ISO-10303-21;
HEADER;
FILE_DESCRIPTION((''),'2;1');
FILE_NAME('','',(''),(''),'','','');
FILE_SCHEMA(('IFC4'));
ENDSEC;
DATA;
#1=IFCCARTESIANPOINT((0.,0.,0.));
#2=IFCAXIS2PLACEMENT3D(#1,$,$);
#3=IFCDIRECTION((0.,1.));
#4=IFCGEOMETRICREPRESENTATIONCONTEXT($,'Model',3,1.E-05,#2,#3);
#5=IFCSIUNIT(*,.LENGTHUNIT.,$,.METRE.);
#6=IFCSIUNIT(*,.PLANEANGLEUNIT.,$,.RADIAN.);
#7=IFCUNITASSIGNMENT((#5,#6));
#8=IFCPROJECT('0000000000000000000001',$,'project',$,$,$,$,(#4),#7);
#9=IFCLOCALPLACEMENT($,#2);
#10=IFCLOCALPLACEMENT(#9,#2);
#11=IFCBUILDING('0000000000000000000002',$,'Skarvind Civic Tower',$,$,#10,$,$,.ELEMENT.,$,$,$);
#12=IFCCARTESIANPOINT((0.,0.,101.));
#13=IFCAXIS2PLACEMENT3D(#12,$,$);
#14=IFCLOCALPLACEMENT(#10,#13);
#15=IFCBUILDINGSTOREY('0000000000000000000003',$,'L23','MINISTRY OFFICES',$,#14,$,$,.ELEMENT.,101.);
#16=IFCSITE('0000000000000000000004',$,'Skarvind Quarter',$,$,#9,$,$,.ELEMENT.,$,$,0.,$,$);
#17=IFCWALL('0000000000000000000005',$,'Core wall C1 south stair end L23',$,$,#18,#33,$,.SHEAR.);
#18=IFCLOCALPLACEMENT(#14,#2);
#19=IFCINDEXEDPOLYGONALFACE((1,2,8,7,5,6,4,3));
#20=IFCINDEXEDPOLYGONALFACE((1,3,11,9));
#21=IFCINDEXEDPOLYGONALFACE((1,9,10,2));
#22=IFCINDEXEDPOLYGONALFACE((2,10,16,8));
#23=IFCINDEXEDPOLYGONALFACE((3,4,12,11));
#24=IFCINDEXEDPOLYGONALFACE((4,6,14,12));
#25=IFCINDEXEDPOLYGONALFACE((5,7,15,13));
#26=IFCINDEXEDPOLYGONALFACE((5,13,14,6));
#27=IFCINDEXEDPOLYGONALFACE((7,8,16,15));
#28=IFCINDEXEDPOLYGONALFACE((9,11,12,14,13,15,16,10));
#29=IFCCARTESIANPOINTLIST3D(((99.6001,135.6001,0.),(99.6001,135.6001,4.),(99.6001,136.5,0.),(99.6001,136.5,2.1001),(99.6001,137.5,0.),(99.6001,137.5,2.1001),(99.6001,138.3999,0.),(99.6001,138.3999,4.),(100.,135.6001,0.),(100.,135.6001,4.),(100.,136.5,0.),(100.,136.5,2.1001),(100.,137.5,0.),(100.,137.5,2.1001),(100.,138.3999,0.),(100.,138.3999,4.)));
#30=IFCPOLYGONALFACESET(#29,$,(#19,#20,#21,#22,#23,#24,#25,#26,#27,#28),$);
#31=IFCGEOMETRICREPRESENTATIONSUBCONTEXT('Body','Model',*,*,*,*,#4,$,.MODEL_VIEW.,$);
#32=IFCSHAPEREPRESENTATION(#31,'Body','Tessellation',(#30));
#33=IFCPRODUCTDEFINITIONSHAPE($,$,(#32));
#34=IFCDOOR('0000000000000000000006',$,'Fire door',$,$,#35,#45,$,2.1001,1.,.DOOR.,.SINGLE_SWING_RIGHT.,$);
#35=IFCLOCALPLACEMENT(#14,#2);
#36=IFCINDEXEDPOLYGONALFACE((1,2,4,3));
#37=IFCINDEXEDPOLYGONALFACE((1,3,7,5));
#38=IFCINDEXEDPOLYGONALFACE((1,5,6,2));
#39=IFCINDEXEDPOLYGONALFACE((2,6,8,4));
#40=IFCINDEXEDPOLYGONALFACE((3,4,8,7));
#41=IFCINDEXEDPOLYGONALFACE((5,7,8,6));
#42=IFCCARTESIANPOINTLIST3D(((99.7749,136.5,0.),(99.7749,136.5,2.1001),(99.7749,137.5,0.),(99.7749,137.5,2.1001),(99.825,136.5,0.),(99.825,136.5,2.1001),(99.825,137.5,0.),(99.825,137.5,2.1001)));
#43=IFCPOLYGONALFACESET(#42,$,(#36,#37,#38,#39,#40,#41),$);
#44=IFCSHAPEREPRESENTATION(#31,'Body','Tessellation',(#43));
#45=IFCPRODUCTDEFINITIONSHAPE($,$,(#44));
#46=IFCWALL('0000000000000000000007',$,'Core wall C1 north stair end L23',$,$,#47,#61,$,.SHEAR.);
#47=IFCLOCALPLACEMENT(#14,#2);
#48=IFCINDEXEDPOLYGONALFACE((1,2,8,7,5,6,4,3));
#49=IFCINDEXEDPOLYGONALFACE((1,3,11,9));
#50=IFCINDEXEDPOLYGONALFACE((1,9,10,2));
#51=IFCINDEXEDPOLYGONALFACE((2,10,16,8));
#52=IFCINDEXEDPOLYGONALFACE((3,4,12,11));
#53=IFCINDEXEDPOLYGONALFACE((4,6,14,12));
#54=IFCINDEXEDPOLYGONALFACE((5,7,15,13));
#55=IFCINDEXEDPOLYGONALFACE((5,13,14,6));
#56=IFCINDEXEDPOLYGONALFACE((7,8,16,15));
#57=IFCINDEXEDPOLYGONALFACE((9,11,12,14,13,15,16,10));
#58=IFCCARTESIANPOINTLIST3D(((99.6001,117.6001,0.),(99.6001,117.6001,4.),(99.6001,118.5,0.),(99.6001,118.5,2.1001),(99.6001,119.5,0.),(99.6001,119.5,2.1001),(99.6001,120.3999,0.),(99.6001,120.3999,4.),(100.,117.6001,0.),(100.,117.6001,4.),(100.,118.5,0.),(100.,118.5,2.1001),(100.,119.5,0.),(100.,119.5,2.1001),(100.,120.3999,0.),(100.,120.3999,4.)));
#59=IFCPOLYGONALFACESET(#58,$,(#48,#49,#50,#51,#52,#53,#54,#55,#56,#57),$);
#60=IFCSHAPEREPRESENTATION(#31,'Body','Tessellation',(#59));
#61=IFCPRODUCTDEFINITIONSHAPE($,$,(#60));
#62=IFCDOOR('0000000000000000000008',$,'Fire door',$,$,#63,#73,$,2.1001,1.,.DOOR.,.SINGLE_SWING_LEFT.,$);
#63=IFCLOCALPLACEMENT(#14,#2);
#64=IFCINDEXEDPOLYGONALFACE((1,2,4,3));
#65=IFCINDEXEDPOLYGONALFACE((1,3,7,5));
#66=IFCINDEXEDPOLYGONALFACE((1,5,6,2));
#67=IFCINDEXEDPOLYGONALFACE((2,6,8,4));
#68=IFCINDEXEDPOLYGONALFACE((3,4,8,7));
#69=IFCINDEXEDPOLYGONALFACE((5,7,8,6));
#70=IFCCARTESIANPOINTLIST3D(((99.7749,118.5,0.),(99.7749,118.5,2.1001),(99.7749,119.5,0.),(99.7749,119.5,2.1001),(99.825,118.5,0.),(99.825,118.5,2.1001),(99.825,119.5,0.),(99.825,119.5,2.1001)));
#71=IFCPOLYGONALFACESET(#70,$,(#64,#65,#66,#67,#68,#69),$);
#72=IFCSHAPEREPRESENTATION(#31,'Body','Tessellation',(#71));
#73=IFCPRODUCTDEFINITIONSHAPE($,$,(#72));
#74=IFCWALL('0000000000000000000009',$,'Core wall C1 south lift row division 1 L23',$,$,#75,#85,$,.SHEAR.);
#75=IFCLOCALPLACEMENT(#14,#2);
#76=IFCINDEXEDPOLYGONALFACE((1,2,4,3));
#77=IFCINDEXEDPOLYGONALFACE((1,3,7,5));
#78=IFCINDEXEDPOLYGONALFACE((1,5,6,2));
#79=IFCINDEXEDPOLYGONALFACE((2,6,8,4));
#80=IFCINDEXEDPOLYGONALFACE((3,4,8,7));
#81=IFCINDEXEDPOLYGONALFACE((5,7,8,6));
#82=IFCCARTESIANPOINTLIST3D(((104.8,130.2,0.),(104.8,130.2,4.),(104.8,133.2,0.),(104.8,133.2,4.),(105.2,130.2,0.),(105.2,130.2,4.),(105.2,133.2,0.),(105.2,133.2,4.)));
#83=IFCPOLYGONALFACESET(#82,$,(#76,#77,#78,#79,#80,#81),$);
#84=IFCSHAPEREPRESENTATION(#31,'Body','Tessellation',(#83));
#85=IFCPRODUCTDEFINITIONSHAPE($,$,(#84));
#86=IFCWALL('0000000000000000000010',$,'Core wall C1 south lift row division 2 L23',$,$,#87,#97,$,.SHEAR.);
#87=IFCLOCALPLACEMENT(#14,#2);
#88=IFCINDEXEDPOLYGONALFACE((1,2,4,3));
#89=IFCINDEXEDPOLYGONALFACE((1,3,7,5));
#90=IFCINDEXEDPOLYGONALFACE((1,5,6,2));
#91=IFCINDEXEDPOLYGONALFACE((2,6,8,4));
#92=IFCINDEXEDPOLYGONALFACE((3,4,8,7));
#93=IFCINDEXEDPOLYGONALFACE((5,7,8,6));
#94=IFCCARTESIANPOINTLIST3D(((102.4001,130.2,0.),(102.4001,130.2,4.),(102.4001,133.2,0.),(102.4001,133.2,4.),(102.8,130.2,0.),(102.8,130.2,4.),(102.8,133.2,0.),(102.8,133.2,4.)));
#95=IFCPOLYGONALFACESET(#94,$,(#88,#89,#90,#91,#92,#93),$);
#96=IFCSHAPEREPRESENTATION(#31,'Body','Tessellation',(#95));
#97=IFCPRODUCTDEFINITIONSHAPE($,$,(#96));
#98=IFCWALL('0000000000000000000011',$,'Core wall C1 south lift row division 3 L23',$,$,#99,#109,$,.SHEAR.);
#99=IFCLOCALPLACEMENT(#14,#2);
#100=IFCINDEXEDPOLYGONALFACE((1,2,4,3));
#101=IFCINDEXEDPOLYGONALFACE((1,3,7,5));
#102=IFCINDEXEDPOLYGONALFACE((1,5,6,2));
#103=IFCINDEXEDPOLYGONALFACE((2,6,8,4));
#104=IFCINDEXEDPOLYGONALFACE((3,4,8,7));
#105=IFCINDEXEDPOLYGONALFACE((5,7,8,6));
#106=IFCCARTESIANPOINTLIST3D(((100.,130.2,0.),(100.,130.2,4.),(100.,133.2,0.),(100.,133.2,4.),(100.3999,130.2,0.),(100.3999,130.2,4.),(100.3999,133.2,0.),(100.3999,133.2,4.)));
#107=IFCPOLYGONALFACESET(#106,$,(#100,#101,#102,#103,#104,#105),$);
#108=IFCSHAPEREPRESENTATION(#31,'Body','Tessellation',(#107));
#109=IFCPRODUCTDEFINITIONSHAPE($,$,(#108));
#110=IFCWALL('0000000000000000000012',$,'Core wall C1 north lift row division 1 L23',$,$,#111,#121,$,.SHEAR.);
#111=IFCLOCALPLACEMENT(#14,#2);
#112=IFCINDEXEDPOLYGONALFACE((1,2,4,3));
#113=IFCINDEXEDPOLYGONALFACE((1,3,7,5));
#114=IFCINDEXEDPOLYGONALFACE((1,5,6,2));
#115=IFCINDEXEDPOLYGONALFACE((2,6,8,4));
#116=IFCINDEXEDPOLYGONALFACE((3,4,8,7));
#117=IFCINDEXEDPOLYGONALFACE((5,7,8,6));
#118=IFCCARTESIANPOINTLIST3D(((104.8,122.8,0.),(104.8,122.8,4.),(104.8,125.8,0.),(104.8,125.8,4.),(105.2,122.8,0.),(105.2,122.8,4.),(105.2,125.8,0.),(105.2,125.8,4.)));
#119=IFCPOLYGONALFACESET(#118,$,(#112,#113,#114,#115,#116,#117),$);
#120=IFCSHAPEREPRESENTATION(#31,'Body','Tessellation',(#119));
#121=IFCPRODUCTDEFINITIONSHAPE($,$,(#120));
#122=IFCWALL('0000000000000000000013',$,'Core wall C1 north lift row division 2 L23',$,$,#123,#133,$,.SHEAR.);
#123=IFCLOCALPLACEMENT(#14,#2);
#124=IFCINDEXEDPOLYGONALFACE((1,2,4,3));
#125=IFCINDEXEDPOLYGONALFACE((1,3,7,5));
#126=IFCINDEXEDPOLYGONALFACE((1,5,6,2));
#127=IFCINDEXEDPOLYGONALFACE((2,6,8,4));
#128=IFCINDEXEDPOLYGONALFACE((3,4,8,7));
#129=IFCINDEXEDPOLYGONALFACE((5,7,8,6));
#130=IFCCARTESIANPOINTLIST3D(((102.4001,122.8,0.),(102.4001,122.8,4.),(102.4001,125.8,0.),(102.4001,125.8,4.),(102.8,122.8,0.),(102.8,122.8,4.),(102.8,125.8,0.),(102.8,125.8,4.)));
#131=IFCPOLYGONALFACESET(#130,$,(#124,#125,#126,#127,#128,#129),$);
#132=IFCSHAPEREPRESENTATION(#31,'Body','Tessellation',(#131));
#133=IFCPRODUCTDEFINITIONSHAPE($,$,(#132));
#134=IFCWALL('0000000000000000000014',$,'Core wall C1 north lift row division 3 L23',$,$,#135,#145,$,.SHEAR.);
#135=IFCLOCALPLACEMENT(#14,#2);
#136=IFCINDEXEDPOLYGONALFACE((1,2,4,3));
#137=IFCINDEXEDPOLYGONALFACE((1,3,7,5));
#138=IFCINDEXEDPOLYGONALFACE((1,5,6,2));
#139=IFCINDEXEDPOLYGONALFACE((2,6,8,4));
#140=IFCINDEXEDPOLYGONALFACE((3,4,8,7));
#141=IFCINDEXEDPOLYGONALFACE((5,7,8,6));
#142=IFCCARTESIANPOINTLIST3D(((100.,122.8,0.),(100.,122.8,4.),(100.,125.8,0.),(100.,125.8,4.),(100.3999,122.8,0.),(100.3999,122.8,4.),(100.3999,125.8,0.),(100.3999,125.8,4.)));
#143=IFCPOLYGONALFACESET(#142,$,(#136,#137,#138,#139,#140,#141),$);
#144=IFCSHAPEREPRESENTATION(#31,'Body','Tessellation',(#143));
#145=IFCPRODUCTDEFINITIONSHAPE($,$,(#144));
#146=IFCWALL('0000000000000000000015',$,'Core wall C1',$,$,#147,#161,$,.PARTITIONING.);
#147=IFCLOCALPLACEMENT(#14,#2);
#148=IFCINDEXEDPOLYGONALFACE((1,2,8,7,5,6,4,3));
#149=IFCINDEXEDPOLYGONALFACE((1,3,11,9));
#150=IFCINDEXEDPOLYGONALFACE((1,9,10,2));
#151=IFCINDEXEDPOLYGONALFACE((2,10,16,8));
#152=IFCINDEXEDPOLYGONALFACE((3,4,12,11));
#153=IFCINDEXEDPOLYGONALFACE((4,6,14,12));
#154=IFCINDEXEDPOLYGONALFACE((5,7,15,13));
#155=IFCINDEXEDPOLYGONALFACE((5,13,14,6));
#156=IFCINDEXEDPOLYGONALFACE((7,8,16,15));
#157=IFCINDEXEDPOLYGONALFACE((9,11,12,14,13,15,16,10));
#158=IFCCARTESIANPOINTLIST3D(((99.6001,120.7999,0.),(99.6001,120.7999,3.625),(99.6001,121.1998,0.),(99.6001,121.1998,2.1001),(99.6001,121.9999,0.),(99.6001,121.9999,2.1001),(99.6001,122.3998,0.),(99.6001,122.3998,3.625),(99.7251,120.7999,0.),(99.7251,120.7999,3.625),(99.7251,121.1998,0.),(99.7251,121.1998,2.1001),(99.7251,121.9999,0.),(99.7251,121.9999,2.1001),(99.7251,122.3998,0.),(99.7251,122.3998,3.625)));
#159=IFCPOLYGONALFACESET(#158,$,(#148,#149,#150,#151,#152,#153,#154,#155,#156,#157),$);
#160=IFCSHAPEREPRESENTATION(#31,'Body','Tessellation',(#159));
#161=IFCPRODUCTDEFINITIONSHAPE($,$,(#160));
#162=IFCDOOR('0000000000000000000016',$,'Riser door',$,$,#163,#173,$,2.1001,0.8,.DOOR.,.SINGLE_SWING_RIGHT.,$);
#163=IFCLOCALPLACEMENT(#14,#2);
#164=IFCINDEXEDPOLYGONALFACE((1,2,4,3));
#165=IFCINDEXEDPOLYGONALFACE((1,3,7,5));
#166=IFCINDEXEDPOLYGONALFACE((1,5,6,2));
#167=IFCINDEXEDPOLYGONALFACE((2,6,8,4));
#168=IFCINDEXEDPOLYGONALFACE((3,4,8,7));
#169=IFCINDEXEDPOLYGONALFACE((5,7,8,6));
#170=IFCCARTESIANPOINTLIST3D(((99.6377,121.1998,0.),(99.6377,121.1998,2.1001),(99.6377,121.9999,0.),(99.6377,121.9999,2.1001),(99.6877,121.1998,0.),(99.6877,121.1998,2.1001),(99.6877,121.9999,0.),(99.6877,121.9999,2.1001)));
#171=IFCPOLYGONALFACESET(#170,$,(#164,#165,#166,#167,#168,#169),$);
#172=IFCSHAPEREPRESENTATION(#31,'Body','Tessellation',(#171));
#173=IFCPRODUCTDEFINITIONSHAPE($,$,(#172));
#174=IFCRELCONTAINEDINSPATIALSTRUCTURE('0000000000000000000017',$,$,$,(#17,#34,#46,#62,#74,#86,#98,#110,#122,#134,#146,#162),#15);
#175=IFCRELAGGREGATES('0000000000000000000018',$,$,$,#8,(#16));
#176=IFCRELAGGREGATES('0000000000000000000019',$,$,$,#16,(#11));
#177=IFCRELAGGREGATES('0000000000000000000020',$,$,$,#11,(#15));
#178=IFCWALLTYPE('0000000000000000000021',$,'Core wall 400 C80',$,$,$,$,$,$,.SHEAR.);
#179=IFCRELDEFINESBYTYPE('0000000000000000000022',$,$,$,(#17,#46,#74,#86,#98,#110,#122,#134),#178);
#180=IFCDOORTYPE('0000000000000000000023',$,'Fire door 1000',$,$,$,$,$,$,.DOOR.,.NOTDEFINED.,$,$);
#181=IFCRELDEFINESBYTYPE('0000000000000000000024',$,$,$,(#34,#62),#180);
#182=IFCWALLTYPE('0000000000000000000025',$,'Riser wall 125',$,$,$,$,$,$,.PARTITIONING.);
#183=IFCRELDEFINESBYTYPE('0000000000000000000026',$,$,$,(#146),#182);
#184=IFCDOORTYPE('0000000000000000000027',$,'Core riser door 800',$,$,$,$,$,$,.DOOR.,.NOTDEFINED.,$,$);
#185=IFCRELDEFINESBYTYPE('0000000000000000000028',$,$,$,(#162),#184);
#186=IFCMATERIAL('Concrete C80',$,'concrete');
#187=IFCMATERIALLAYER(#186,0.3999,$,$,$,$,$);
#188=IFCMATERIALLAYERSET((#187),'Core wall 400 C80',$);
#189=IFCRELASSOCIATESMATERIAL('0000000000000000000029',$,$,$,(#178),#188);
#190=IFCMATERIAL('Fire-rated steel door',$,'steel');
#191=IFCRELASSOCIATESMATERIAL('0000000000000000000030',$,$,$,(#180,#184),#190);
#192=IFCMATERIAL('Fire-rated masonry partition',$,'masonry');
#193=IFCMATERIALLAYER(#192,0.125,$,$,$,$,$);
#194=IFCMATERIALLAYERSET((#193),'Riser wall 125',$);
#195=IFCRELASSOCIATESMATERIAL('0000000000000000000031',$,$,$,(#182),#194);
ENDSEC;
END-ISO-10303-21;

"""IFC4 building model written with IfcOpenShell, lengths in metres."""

from ifc_helpers import new_model, si_unit, direction, frame, frame_2d, origin, place, context, subcontext, project, spatial, rectangle, extrude, material, layer, layer_set, type_object, element, fill, save


model = new_model("IFC4")

# Units and contexts
model_context = context("Model", 3, precision=1e-05, world=origin(), true_north=direction((0.0, 1.0)))
body_context = subcontext(model_context, "Body", "Model", "MODEL_VIEW")
ifc_project = project(units=[si_unit("LENGTHUNIT", "METRE"), si_unit("PLANEANGLEUNIT", "RADIAN")], contexts=[model_context])

# Site, building, storey
site_placement = place(None, origin())
site = spatial("IfcSite", under=ifc_project, at=site_placement, Name="Skarvind Quarter", CompositionType="ELEMENT", RefElevation=0.0)
building_placement = place(site_placement, origin())
building = spatial("IfcBuilding", under=site, at=building_placement, Name="Skarvind Civic Tower", CompositionType="ELEMENT")
storey_placement = place(building_placement, frame((0.0, 0.0, 101.0)))
storey = spatial("IfcBuildingStorey", under=building, at=storey_placement, Name="L23", Description="MINISTRY OFFICES", CompositionType="ELEMENT", Elevation=101.0)

# Walls, openings, doors
ifc_material_1 = material(Name="Concrete C80", Category="concrete")
ifc_layer_1 = layer(ifc_material_1, 0.3999)
ifc_layer_set_1 = layer_set([ifc_layer_1], Name="Core wall 400 C80")
wall_type_1 = type_object("IfcWallType", Name="Core wall 400 C80", PredefinedType="SHEAR", material=ifc_layer_set_1)
wall_1_placement = place(storey_placement, frame((99.8, 138.3999, 0.0), z_axis=(0.0, 0.0, 1.0), x_axis=(0.0, -1.0, 0.0)))
wall_1 = element("IfcWall", 1, at=wall_1_placement, inside=storey, type_object=wall_type_1, Name="Core wall C1 south stair end L23", PredefinedType="SHEAR", context=body_context, shape_type="SweptSolid", body=[
    extrude(rectangle(XDim=2.7998, YDim=0.3999, at=frame_2d((1.3999, 0.0))), origin(), (0.0, 0.0, 1.0), 4.0),
])
opening_1_placement = place(wall_1_placement, frame((0.8999, 0.0, 0.0)))
opening_1 = element("IfcOpeningElement", 2, at=opening_1_placement, cuts=wall_1, PredefinedType="OPENING", context=body_context, shape_type="SweptSolid", body=[
    extrude(rectangle(XDim=1.0, YDim=2.1001, at=frame_2d((0.5, 1.05))), frame((0.0, 0.21, 0.0), z_axis=(0.0, -1.0, 0.0), x_axis=(1.0, 0.0, 0.0)), (0.0, 0.0, 1.0), 0.4199),
])
ifc_material_2 = material(Name="Fire-rated steel door", Category="steel")
door_type_1 = type_object("IfcDoorType", Name="Fire door 1000", OperationType="NOTDEFINED", PredefinedType="DOOR", material=ifc_material_2)
door_1_placement = place(opening_1_placement, origin())
door_1 = element("IfcDoor", 3, at=door_1_placement, inside=storey, type_object=door_type_1, Name="Fire door", OperationType="SINGLE_SWING_RIGHT", OverallHeight=2.1001, OverallWidth=1.0, PredefinedType="DOOR", context=body_context, shape_type="SweptSolid", body=[
    extrude(rectangle(XDim=1.0, YDim=2.1001, at=frame_2d((0.5, 1.05))), frame((0.0, 0.0249, 0.0), z_axis=(0.0, -1.0, 0.0), x_axis=(1.0, 0.0, 0.0)), (0.0, 0.0, 1.0), 0.05),
])
fill(opening_1, door_1)
wall_2_placement = place(storey_placement, frame((99.8, 120.3999, 0.0), z_axis=(0.0, 0.0, 1.0), x_axis=(0.0, -1.0, 0.0)))
wall_2 = element("IfcWall", 4, at=wall_2_placement, inside=storey, type_object=wall_type_1, Name="Core wall C1 north stair end L23", PredefinedType="SHEAR", context=body_context, shape_type="SweptSolid", body=[
    extrude(rectangle(XDim=2.7998, YDim=0.3999, at=frame_2d((1.3999, 0.0))), origin(), (0.0, 0.0, 1.0), 4.0),
])
opening_2_placement = place(wall_2_placement, frame((0.8999, 0.0, 0.0)))
opening_2 = element("IfcOpeningElement", 5, at=opening_2_placement, cuts=wall_2, PredefinedType="OPENING", context=body_context, shape_type="SweptSolid", body=[
    extrude(rectangle(XDim=1.0, YDim=2.1001, at=frame_2d((0.5, 1.05))), frame((0.0, 0.21, 0.0), z_axis=(0.0, -1.0, 0.0), x_axis=(1.0, 0.0, 0.0)), (0.0, 0.0, 1.0), 0.4199),
])
door_2_placement = place(opening_2_placement, origin())
door_2 = element("IfcDoor", 6, at=door_2_placement, inside=storey, type_object=door_type_1, Name="Fire door", OperationType="SINGLE_SWING_LEFT", OverallHeight=2.1001, OverallWidth=1.0, PredefinedType="DOOR", context=body_context, shape_type="SweptSolid", body=[
    extrude(rectangle(XDim=1.0, YDim=2.1001, at=frame_2d((0.5, 1.05))), frame((0.0, 0.0249, 0.0), z_axis=(0.0, -1.0, 0.0), x_axis=(1.0, 0.0, 0.0)), (0.0, 0.0, 1.0), 0.05),
])
fill(opening_2, door_2)

# Walls
for number, where, z_axis, x_axis, name in (
    (7, (105.0, 133.2, 0.0), (0.0, 0.0, 1.0), (0.0, -1.0, 0.0), "Core wall C1 south lift row division 1 L23"),
    (8, (102.6001, 133.2, 0.0), (0.0, 0.0, 1.0), (0.0, -1.0, 0.0), "Core wall C1 south lift row division 2 L23"),
    (9, (100.2, 133.2, 0.0), (0.0, 0.0, 1.0), (0.0, -1.0, 0.0), "Core wall C1 south lift row division 3 L23"),
    (10, (105.0, 125.8, 0.0), (0.0, 0.0, 1.0), (0.0, -1.0, 0.0), "Core wall C1 north lift row division 1 L23"),
    (11, (102.6001, 125.8, 0.0), (0.0, 0.0, 1.0), (0.0, -1.0, 0.0), "Core wall C1 north lift row division 2 L23"),
    (12, (100.2, 125.8, 0.0), (0.0, 0.0, 1.0), (0.0, -1.0, 0.0), "Core wall C1 north lift row division 3 L23"),
):
    element("IfcWall", number, at=place(storey_placement, frame(where, z_axis=z_axis, x_axis=x_axis)), inside=storey, type_object=wall_type_1, Name=name, PredefinedType="SHEAR", context=body_context, shape_type="SweptSolid", body=[
        extrude(rectangle(XDim=3.0, YDim=0.3999, at=frame_2d((1.5, 0.0))), origin(), (0.0, 0.0, 1.0), 4.0),
    ])

# Wall, opening, door
ifc_material_3 = material(Name="Fire-rated masonry partition", Category="masonry")
ifc_layer_2 = layer(ifc_material_3, 0.125)
ifc_layer_set_2 = layer_set([ifc_layer_2], Name="Riser wall 125")
wall_type_2 = type_object("IfcWallType", Name="Riser wall 125", PredefinedType="PARTITIONING", material=ifc_layer_set_2)
wall_3_placement = place(storey_placement, frame((99.6626, 120.8, 0.0), z_axis=(0.0, 0.0, 1.0), x_axis=(0.0, 1.0, 0.0)))
wall_3 = element("IfcWall", 13, at=wall_3_placement, inside=storey, type_object=wall_type_2, Name="Core wall C1", PredefinedType="PARTITIONING", context=body_context, shape_type="SweptSolid", body=[
    extrude(rectangle(XDim=1.5999, YDim=0.125, at=frame_2d((0.7998, 0.0))), origin(), (0.0, 0.0, 1.0), 3.625),
])
opening_3_placement = place(wall_3_placement, frame((0.3999, 0.0, 0.0)))
opening_3 = element("IfcOpeningElement", 14, at=opening_3_placement, cuts=wall_3, PredefinedType="OPENING", context=body_context, shape_type="SweptSolid", body=[
    extrude(rectangle(XDim=0.8, YDim=2.1001, at=frame_2d((0.3999, 1.05))), frame((0.0, 0.0725, 0.0), z_axis=(0.0, -1.0, 0.0), x_axis=(1.0, 0.0, 0.0)), (0.0, 0.0, 1.0), 0.145),
])
door_type_2 = type_object("IfcDoorType", Name="Core riser door 800", OperationType="NOTDEFINED", PredefinedType="DOOR", material=ifc_material_2)
door_3_placement = place(opening_3_placement, origin())
door_3 = element("IfcDoor", 15, at=door_3_placement, inside=storey, type_object=door_type_2, Name="Riser door", OperationType="SINGLE_SWING_RIGHT", OverallHeight=2.1001, OverallWidth=0.8, PredefinedType="DOOR", context=body_context, shape_type="SweptSolid", body=[
    extrude(rectangle(XDim=0.8, YDim=2.1001, at=frame_2d((0.3999, 1.05))), frame((0.0, 0.0249, 0.0), z_axis=(0.0, -1.0, 0.0), x_axis=(1.0, 0.0, 0.0)), (0.0, 0.0, 1.0), 0.05),
])
fill(opening_3, door_3)

save(model, "model.ifc")
